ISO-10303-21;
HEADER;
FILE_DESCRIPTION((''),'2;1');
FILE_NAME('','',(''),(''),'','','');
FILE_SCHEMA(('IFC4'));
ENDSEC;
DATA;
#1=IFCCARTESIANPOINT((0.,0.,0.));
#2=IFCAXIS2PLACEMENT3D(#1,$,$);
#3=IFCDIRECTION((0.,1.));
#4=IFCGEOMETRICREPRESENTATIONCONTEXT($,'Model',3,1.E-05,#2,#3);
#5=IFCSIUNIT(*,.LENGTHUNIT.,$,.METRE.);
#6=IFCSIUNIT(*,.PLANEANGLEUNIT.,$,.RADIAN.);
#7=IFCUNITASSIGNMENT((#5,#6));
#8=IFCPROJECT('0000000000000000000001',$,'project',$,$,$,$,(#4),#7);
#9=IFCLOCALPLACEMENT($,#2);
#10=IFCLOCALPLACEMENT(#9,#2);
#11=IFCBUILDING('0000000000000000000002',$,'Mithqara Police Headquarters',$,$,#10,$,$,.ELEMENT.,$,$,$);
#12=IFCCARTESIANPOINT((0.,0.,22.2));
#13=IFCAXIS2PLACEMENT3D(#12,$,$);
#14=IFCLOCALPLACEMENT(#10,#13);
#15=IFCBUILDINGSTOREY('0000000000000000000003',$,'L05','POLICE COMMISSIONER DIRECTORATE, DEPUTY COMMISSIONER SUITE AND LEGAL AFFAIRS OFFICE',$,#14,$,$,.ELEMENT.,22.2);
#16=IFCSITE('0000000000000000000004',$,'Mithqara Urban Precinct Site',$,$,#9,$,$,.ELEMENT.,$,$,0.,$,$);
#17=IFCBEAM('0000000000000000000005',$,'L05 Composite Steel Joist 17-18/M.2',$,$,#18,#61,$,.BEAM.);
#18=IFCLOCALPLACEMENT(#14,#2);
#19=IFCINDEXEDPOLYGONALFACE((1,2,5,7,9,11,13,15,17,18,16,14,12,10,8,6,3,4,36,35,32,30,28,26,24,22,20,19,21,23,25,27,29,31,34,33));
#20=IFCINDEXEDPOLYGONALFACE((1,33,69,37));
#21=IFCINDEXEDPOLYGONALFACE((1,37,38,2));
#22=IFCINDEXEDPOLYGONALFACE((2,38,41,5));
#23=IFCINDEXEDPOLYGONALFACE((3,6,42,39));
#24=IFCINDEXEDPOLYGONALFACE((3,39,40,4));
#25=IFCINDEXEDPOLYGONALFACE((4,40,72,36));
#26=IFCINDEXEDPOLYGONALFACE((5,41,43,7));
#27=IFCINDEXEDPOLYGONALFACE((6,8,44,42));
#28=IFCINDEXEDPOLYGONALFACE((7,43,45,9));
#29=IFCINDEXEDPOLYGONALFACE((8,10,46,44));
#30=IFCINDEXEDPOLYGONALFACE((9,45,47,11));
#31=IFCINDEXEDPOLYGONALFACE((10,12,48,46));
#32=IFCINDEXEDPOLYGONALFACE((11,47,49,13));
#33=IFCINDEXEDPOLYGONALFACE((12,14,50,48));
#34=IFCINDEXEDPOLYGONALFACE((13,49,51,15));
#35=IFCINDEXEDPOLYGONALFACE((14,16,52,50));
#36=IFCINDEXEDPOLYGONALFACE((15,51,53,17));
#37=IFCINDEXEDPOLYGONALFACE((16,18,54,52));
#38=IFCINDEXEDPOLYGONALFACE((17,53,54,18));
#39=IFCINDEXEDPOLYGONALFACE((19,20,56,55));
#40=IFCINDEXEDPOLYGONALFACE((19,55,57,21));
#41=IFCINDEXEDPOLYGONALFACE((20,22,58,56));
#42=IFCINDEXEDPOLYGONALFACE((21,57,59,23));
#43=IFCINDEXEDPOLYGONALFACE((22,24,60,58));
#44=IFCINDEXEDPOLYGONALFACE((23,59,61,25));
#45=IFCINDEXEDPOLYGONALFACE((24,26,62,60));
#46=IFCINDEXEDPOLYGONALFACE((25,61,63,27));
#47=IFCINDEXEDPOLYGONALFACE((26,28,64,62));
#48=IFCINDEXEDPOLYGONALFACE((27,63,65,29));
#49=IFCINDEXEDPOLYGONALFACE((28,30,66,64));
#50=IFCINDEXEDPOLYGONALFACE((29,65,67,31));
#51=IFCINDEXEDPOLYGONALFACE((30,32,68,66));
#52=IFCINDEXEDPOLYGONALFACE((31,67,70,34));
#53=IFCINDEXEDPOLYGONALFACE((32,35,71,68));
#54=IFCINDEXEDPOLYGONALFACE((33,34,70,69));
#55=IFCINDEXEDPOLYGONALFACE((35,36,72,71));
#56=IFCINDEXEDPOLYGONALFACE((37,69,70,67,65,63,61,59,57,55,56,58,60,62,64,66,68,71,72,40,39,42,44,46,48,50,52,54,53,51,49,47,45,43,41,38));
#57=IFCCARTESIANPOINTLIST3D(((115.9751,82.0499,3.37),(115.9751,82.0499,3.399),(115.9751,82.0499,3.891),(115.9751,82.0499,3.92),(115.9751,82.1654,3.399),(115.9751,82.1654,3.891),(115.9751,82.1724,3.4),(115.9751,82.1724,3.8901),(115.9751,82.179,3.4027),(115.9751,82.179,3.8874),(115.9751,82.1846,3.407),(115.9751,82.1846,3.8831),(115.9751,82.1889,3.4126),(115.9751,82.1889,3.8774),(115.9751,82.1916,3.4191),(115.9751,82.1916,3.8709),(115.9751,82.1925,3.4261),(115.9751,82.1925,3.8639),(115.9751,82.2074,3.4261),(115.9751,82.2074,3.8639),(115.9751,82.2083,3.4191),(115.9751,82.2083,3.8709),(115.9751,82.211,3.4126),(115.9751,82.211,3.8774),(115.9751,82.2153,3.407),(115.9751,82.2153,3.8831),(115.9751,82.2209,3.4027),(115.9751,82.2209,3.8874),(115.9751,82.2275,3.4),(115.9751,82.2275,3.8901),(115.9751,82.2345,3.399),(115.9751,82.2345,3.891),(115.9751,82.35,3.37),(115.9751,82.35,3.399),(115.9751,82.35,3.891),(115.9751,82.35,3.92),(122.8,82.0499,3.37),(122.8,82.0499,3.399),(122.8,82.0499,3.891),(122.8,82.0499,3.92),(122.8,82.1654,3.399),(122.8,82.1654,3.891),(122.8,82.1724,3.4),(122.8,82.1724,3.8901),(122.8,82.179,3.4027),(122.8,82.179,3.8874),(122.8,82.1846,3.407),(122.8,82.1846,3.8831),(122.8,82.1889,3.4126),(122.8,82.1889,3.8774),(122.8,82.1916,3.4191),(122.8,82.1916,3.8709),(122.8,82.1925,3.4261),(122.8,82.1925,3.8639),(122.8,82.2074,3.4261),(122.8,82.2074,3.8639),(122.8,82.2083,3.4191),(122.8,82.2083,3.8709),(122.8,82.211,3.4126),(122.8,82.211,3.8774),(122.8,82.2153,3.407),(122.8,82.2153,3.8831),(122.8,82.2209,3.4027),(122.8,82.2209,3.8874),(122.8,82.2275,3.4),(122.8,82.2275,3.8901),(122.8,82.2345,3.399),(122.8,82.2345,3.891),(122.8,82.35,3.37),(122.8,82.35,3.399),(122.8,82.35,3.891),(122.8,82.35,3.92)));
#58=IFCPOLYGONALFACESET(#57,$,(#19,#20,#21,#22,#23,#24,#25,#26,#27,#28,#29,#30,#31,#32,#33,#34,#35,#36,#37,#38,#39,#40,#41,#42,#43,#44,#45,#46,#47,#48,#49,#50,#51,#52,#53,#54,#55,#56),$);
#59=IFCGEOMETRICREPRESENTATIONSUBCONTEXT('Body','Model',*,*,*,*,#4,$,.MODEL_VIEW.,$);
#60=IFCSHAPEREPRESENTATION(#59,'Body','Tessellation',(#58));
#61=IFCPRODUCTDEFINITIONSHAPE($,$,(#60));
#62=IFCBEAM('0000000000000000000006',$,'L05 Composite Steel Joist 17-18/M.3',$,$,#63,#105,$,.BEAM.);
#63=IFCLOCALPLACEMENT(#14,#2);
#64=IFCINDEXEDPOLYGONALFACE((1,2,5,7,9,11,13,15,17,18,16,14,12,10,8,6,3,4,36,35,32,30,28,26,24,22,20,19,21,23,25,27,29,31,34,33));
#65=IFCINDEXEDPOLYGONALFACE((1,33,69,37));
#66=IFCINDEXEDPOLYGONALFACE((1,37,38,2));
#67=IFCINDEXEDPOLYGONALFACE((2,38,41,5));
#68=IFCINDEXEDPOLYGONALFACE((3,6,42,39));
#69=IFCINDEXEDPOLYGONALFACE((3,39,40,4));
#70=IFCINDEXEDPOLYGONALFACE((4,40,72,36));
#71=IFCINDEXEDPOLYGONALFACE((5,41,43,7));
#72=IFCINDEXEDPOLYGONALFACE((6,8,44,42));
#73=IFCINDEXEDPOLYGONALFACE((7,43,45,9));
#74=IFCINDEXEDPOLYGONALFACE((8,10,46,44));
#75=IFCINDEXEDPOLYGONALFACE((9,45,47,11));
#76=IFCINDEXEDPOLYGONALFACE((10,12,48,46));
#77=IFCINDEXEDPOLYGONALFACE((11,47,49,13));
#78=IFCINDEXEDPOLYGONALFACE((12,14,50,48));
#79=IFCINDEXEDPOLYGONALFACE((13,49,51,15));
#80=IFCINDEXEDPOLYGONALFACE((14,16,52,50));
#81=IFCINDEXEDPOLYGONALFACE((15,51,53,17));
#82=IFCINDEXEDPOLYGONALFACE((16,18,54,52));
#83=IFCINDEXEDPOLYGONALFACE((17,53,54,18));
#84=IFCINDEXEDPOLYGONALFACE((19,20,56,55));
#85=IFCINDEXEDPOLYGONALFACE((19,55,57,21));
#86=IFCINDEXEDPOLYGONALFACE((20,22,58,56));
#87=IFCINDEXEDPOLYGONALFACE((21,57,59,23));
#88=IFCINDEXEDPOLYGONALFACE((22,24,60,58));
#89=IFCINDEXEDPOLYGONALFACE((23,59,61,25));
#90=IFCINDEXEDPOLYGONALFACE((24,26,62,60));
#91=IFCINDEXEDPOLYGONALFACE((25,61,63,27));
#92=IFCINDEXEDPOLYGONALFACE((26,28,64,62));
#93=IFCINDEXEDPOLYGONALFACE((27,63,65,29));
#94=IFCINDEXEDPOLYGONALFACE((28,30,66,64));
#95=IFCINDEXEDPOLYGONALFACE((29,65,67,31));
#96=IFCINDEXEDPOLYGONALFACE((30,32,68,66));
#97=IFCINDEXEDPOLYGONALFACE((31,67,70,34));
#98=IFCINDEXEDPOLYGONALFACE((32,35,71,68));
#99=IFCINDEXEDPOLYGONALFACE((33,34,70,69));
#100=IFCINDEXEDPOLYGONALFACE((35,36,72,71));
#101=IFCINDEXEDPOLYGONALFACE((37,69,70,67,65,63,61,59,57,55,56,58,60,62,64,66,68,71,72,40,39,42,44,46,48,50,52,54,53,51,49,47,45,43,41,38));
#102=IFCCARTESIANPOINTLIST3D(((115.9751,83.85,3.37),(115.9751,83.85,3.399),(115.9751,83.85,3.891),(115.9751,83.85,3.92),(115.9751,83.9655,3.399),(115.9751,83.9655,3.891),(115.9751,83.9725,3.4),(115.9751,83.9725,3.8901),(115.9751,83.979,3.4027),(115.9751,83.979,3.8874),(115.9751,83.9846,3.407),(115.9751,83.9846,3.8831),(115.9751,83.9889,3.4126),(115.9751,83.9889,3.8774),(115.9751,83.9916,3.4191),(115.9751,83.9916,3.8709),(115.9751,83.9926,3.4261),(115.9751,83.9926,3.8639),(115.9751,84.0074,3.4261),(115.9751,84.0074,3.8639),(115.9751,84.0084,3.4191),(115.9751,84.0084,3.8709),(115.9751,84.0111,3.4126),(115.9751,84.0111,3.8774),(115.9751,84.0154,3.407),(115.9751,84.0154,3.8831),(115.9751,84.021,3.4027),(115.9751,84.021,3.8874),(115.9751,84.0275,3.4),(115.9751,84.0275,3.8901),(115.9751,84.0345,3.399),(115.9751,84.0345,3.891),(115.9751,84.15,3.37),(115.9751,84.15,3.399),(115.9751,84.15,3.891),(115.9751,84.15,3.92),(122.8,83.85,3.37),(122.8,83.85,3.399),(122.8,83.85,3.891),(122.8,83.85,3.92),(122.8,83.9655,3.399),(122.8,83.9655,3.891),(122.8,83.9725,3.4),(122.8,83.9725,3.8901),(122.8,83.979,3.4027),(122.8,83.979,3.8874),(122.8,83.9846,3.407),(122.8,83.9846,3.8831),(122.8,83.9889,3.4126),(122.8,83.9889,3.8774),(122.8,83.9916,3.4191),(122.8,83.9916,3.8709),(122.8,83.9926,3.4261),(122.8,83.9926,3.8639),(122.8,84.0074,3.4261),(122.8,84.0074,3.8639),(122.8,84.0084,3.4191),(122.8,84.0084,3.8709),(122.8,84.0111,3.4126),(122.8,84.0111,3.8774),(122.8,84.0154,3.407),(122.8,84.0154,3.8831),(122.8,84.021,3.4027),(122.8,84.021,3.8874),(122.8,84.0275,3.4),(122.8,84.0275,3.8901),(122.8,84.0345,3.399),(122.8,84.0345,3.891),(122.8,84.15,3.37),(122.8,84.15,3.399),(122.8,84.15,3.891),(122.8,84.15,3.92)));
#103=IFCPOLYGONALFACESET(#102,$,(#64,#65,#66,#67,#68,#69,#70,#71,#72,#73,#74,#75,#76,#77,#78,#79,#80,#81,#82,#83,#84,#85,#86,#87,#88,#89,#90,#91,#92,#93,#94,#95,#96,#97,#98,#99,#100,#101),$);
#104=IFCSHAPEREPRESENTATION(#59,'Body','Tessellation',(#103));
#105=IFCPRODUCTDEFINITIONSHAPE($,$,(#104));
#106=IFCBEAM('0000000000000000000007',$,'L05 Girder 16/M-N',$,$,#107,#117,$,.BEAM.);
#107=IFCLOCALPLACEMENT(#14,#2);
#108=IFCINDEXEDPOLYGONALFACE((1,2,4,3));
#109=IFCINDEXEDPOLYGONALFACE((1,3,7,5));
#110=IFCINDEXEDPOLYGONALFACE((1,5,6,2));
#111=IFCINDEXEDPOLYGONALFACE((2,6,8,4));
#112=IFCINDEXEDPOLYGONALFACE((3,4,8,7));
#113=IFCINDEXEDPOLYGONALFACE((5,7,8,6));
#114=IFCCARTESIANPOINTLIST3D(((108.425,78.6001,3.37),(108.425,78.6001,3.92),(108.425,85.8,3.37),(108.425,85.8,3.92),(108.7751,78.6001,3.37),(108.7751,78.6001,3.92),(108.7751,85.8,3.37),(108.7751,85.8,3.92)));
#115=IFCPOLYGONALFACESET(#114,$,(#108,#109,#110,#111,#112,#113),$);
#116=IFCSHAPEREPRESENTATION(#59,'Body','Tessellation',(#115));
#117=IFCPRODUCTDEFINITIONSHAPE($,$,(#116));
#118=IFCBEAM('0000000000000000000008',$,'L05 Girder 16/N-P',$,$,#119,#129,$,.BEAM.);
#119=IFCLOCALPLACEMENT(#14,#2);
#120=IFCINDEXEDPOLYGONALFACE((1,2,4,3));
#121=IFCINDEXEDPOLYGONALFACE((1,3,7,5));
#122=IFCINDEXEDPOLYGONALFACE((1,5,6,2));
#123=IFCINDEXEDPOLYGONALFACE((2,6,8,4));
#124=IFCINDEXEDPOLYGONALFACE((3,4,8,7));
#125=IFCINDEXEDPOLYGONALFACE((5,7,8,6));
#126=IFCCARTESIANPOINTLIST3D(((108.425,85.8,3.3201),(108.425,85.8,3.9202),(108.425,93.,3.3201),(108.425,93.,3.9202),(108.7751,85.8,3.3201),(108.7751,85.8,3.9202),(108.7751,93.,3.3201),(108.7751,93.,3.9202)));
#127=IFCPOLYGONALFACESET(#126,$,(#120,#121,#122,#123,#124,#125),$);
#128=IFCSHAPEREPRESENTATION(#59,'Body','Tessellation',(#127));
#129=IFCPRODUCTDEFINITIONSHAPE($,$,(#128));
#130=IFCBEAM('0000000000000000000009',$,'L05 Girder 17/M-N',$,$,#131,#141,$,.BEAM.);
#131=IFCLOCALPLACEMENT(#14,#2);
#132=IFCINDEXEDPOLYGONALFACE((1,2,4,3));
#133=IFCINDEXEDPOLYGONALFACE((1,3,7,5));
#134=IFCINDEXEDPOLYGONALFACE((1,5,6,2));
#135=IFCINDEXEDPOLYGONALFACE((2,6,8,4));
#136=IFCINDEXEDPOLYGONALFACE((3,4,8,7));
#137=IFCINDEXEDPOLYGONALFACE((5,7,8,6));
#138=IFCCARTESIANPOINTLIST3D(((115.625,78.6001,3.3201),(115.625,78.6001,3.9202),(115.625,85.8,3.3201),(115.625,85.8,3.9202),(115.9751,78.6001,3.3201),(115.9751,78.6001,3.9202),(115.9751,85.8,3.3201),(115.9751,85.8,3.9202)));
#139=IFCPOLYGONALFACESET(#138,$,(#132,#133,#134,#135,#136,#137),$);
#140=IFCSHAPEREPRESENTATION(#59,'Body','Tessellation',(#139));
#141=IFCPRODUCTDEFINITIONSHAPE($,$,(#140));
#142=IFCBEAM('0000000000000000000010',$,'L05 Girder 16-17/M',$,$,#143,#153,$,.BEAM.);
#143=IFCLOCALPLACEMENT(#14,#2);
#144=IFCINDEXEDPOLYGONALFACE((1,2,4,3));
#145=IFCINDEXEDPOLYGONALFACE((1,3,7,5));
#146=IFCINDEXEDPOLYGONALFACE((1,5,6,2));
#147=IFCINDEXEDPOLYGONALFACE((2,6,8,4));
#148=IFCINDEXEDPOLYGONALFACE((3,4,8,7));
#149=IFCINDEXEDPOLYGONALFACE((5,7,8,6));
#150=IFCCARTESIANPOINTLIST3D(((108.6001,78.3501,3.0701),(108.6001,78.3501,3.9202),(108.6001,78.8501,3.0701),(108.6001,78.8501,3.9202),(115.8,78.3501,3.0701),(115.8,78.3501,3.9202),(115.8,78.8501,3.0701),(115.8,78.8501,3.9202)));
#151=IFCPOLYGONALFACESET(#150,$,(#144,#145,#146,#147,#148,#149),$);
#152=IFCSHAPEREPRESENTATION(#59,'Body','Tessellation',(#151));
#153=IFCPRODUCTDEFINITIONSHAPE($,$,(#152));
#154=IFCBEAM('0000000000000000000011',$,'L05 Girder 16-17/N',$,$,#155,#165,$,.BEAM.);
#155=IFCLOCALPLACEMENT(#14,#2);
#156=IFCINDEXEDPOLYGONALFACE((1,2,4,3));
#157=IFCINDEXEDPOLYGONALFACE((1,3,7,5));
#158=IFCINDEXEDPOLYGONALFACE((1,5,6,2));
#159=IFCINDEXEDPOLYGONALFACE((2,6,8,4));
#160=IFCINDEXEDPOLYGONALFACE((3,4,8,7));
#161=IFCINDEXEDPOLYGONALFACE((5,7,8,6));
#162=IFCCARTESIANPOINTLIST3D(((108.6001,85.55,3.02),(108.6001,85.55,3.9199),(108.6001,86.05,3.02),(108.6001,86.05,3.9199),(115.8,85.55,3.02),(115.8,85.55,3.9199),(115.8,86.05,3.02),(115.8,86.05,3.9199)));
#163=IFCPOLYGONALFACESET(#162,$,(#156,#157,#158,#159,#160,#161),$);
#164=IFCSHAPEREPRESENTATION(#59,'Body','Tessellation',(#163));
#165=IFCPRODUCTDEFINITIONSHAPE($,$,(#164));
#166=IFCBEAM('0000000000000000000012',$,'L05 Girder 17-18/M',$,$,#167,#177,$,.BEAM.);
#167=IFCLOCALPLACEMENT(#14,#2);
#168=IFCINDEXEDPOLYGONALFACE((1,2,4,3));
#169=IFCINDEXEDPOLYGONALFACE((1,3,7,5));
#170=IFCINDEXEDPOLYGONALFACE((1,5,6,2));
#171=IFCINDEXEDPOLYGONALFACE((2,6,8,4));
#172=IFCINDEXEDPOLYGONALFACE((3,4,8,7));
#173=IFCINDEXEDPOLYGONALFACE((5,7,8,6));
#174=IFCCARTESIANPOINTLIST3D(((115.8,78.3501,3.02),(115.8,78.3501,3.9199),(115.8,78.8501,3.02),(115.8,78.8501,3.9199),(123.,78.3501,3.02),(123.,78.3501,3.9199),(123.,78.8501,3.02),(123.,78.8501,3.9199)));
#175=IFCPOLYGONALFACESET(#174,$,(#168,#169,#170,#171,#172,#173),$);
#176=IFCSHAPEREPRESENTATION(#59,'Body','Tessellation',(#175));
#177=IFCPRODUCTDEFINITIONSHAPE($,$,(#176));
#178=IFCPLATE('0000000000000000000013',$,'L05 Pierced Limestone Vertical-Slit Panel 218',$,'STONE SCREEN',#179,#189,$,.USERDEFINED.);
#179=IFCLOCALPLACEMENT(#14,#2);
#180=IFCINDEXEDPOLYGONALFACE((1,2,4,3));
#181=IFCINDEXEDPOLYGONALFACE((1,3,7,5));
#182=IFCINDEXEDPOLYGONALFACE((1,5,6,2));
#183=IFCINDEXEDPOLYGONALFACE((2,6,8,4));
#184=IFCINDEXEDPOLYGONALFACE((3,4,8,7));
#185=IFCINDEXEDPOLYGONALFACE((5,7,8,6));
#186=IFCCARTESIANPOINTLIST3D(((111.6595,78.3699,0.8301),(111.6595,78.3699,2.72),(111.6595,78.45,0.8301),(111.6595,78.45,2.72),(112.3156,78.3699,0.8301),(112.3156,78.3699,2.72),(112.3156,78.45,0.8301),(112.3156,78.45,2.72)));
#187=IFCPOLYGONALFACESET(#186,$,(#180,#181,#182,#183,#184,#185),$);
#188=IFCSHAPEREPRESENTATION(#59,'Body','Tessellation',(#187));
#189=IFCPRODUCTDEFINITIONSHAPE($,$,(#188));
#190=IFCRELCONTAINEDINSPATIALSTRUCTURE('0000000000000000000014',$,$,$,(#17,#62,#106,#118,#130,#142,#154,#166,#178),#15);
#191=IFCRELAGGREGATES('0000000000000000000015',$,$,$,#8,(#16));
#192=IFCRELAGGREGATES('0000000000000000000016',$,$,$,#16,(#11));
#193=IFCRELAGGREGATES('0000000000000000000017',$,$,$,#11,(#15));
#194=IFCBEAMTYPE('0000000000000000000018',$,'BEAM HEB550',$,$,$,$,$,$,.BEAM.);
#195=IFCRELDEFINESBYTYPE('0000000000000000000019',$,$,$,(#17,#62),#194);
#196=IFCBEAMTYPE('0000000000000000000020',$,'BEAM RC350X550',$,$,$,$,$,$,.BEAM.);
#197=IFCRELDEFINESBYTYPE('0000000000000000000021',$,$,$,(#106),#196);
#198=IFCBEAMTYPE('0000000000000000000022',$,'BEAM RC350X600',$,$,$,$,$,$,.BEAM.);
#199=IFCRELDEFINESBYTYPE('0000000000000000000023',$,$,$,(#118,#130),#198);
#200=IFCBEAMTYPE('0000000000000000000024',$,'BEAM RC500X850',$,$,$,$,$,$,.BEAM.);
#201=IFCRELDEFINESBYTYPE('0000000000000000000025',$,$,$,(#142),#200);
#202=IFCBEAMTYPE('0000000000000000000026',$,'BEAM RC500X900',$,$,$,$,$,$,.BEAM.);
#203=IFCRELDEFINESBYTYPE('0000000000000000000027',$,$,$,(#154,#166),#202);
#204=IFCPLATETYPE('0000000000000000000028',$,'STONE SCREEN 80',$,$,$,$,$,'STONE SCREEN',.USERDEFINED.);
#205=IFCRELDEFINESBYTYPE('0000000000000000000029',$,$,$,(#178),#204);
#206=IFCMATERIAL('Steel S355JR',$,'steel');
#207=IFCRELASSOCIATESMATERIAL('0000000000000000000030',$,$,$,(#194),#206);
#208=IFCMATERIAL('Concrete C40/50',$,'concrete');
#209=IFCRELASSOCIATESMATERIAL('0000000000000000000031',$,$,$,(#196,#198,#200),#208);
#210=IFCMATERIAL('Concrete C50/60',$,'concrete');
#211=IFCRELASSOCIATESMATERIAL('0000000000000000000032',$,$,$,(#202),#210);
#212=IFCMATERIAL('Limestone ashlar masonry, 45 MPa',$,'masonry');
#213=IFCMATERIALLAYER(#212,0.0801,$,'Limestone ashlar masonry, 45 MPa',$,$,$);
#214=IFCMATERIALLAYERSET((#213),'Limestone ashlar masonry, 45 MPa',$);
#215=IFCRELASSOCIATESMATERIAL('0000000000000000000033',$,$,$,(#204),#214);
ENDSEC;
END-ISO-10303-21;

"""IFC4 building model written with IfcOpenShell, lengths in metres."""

from ifc_helpers import new_model, si_unit, direction, frame, origin, origin_2d, place, context, subcontext, project, spatial, rectangle, i_section, extrude, material, layer, layer_set, material_profile, profile_set, type_object, element, save


model = new_model("IFC4")

# Units and contexts
model_context = context("Model", 3, precision=1e-05, world=origin(), true_north=direction((0.0, 1.0)))
body_context = subcontext(model_context, "Body", "Model", "MODEL_VIEW")
ifc_project = project(units=[si_unit("LENGTHUNIT", "METRE"), si_unit("PLANEANGLEUNIT", "RADIAN")], contexts=[model_context])

# Site, building, storey
site_placement = place(None, origin())
site = spatial("IfcSite", under=ifc_project, at=site_placement, Name="Mithqara Urban Precinct Site", CompositionType="ELEMENT", RefElevation=0.0)
building_placement = place(site_placement, origin())
building = spatial("IfcBuilding", under=site, at=building_placement, Name="Mithqara Police Headquarters", CompositionType="ELEMENT")
storey_placement = place(building_placement, frame((0.0, 0.0, 22.2)))
storey = spatial("IfcBuildingStorey", under=building, at=storey_placement, Name="L05", Description="POLICE COMMISSIONER DIRECTORATE, DEPUTY COMMISSIONER SUITE AND LEGAL AFFAIRS OFFICE", CompositionType="ELEMENT", Elevation=22.2)

# Shared definitions
ifc_material_1 = material(Name="Concrete C50/60", Category="concrete")

# Beams
ifc_material_2 = material(Name="Steel S355JR", Category="steel")
ifc_material_profile_1 = material_profile(ifc_material_2, i_section(OverallWidth=0.3, OverallDepth=0.55, WebThickness=0.0149, FlangeThickness=0.0291, FilletRadius=0.0271, at=origin_2d()), Name="HEB 550")
ifc_profile_set_1 = profile_set([ifc_material_profile_1], Name="Steel S355JR")
beam_type_1 = type_object("IfcBeamType", Name="BEAM HEB550", PredefinedType="BEAM", material=ifc_profile_set_1)
for number, where, z_axis, x_axis, name in (
    (1, (115.9751, 82.2, 3.645), (1.0, 0.0, 0.0), (0.0, 1.0, 0.0), "L05 Composite Steel Joist 17-18/M.2"),
    (2, (115.9751, 84.0, 3.645), (1.0, 0.0, 0.0), (0.0, 1.0, 0.0), "L05 Composite Steel Joist 17-18/M.3"),
):
    element("IfcBeam", number, at=place(storey_placement, frame(where, z_axis=z_axis, x_axis=x_axis)), inside=storey, type_object=beam_type_1, Name=name, PredefinedType="BEAM", context=body_context, shape_type="SweptSolid", body=[
        extrude(i_section(OverallWidth=0.3, OverallDepth=0.55, WebThickness=0.0149, FlangeThickness=0.0291, FilletRadius=0.0271, at=origin_2d()), origin(), (0.0, 0.0, 1.0), 6.825),
    ])
ifc_material_3 = material(Name="Concrete C40/50", Category="concrete")
ifc_material_profile_2 = material_profile(ifc_material_3, rectangle(XDim=0.3501, YDim=0.55, at=origin_2d()), Name="RC 350x550")
ifc_profile_set_2 = profile_set([ifc_material_profile_2], Name="Concrete C40/50")
beam_type_2 = type_object("IfcBeamType", Name="BEAM RC350X550", PredefinedType="BEAM", material=ifc_profile_set_2)
beam_1_placement = place(storey_placement, frame((108.6001, 78.6001, 3.645), z_axis=(0.0, 1.0, 0.0), x_axis=(-1.0, 0.0, 0.0)))
element("IfcBeam", 3, at=beam_1_placement, inside=storey, type_object=beam_type_2, Name="L05 Girder 16/M-N", PredefinedType="BEAM", context=body_context, shape_type="SweptSolid", body=[
    extrude(rectangle(XDim=0.3501, YDim=0.55, at=origin_2d()), origin(), (0.0, 0.0, 1.0), 7.2),
])
ifc_material_profile_3 = material_profile(ifc_material_3, rectangle(XDim=0.3501, YDim=0.6001, at=origin_2d()), Name="RC 350x600")
ifc_profile_set_3 = profile_set([ifc_material_profile_3], Name="Concrete C40/50")
beam_type_3 = type_object("IfcBeamType", Name="BEAM RC350X600", PredefinedType="BEAM", material=ifc_profile_set_3)
for number, where, z_axis, x_axis, name in (
    (4, (108.6001, 85.8, 3.6201), (0.0, 1.0, 0.0), (-1.0, 0.0, 0.0), "L05 Girder 16/N-P"),
    (5, (115.8, 78.6001, 3.6201), (0.0, 1.0, 0.0), (-1.0, 0.0, 0.0), "L05 Girder 17/M-N"),
):
    element("IfcBeam", number, at=place(storey_placement, frame(where, z_axis=z_axis, x_axis=x_axis)), inside=storey, type_object=beam_type_3, Name=name, PredefinedType="BEAM", context=body_context, shape_type="SweptSolid", body=[
        extrude(rectangle(XDim=0.3501, YDim=0.6001, at=origin_2d()), origin(), (0.0, 0.0, 1.0), 7.2),
    ])
ifc_material_profile_4 = material_profile(ifc_material_3, rectangle(XDim=0.5, YDim=0.8501, at=origin_2d()), Name="RC 500x850")
ifc_profile_set_4 = profile_set([ifc_material_profile_4], Name="Concrete C40/50")
beam_type_4 = type_object("IfcBeamType", Name="BEAM RC500X850", PredefinedType="BEAM", material=ifc_profile_set_4)
beam_2_placement = place(storey_placement, frame((108.6001, 78.6001, 3.4951), z_axis=(1.0, 0.0, 0.0), x_axis=(0.0, 1.0, 0.0)))
element("IfcBeam", 6, at=beam_2_placement, inside=storey, type_object=beam_type_4, Name="L05 Girder 16-17/M", PredefinedType="BEAM", context=body_context, shape_type="SweptSolid", body=[
    extrude(rectangle(XDim=0.5, YDim=0.8501, at=origin_2d()), origin(), (0.0, 0.0, 1.0), 7.2),
])
ifc_material_profile_5 = material_profile(ifc_material_1, rectangle(XDim=0.5, YDim=0.8999, at=origin_2d()), Name="RC 500x900")
ifc_profile_set_5 = profile_set([ifc_material_profile_5], Name="Concrete C50/60")
beam_type_5 = type_object("IfcBeamType", Name="BEAM RC500X900", PredefinedType="BEAM", material=ifc_profile_set_5)
for number, where, z_axis, x_axis, name in (
    (7, (108.6001, 85.8, 3.47), (1.0, 0.0, 0.0), (0.0, 1.0, 0.0), "L05 Girder 16-17/N"),
    (8, (115.8, 78.6001, 3.47), (1.0, 0.0, 0.0), (0.0, 1.0, 0.0), "L05 Girder 17-18/M"),
):
    element("IfcBeam", number, at=place(storey_placement, frame(where, z_axis=z_axis, x_axis=x_axis)), inside=storey, type_object=beam_type_5, Name=name, PredefinedType="BEAM", context=body_context, shape_type="SweptSolid", body=[
        extrude(rectangle(XDim=0.5, YDim=0.8999, at=origin_2d()), origin(), (0.0, 0.0, 1.0), 7.2),
    ])

# Plate
ifc_material_4 = material(Name="Limestone ashlar masonry, 45 MPa", Category="masonry")
ifc_layer_1 = layer(ifc_material_4, 0.0801, Name="Limestone ashlar masonry, 45 MPa")
ifc_layer_set_1 = layer_set([ifc_layer_1], Name="Limestone ashlar masonry, 45 MPa")
plate_type = type_object("IfcPlateType", Name="STONE SCREEN 80", ElementType="STONE SCREEN", PredefinedType="USERDEFINED", material=ifc_layer_set_1)
for number, where, z_axis, x_axis, name in (
    (9, (111.9875, 78.4099, 0.8301), (0.0, 0.0, 1.0), (1.0, 0.0, 0.0), "L05 Pierced Limestone Vertical-Slit Panel 218"),
):
    element("IfcPlate", number, at=place(storey_placement, frame(where, z_axis=z_axis, x_axis=x_axis)), inside=storey, type_object=plate_type, Name=name, ObjectType="STONE SCREEN", PredefinedType="USERDEFINED", context=body_context, shape_type="SweptSolid", body=[
        extrude(rectangle(XDim=0.656, YDim=0.0801, at=origin_2d()), origin(), (0.0, 0.0, 1.0), 1.8899),
    ])

save(model, "model.ifc")
